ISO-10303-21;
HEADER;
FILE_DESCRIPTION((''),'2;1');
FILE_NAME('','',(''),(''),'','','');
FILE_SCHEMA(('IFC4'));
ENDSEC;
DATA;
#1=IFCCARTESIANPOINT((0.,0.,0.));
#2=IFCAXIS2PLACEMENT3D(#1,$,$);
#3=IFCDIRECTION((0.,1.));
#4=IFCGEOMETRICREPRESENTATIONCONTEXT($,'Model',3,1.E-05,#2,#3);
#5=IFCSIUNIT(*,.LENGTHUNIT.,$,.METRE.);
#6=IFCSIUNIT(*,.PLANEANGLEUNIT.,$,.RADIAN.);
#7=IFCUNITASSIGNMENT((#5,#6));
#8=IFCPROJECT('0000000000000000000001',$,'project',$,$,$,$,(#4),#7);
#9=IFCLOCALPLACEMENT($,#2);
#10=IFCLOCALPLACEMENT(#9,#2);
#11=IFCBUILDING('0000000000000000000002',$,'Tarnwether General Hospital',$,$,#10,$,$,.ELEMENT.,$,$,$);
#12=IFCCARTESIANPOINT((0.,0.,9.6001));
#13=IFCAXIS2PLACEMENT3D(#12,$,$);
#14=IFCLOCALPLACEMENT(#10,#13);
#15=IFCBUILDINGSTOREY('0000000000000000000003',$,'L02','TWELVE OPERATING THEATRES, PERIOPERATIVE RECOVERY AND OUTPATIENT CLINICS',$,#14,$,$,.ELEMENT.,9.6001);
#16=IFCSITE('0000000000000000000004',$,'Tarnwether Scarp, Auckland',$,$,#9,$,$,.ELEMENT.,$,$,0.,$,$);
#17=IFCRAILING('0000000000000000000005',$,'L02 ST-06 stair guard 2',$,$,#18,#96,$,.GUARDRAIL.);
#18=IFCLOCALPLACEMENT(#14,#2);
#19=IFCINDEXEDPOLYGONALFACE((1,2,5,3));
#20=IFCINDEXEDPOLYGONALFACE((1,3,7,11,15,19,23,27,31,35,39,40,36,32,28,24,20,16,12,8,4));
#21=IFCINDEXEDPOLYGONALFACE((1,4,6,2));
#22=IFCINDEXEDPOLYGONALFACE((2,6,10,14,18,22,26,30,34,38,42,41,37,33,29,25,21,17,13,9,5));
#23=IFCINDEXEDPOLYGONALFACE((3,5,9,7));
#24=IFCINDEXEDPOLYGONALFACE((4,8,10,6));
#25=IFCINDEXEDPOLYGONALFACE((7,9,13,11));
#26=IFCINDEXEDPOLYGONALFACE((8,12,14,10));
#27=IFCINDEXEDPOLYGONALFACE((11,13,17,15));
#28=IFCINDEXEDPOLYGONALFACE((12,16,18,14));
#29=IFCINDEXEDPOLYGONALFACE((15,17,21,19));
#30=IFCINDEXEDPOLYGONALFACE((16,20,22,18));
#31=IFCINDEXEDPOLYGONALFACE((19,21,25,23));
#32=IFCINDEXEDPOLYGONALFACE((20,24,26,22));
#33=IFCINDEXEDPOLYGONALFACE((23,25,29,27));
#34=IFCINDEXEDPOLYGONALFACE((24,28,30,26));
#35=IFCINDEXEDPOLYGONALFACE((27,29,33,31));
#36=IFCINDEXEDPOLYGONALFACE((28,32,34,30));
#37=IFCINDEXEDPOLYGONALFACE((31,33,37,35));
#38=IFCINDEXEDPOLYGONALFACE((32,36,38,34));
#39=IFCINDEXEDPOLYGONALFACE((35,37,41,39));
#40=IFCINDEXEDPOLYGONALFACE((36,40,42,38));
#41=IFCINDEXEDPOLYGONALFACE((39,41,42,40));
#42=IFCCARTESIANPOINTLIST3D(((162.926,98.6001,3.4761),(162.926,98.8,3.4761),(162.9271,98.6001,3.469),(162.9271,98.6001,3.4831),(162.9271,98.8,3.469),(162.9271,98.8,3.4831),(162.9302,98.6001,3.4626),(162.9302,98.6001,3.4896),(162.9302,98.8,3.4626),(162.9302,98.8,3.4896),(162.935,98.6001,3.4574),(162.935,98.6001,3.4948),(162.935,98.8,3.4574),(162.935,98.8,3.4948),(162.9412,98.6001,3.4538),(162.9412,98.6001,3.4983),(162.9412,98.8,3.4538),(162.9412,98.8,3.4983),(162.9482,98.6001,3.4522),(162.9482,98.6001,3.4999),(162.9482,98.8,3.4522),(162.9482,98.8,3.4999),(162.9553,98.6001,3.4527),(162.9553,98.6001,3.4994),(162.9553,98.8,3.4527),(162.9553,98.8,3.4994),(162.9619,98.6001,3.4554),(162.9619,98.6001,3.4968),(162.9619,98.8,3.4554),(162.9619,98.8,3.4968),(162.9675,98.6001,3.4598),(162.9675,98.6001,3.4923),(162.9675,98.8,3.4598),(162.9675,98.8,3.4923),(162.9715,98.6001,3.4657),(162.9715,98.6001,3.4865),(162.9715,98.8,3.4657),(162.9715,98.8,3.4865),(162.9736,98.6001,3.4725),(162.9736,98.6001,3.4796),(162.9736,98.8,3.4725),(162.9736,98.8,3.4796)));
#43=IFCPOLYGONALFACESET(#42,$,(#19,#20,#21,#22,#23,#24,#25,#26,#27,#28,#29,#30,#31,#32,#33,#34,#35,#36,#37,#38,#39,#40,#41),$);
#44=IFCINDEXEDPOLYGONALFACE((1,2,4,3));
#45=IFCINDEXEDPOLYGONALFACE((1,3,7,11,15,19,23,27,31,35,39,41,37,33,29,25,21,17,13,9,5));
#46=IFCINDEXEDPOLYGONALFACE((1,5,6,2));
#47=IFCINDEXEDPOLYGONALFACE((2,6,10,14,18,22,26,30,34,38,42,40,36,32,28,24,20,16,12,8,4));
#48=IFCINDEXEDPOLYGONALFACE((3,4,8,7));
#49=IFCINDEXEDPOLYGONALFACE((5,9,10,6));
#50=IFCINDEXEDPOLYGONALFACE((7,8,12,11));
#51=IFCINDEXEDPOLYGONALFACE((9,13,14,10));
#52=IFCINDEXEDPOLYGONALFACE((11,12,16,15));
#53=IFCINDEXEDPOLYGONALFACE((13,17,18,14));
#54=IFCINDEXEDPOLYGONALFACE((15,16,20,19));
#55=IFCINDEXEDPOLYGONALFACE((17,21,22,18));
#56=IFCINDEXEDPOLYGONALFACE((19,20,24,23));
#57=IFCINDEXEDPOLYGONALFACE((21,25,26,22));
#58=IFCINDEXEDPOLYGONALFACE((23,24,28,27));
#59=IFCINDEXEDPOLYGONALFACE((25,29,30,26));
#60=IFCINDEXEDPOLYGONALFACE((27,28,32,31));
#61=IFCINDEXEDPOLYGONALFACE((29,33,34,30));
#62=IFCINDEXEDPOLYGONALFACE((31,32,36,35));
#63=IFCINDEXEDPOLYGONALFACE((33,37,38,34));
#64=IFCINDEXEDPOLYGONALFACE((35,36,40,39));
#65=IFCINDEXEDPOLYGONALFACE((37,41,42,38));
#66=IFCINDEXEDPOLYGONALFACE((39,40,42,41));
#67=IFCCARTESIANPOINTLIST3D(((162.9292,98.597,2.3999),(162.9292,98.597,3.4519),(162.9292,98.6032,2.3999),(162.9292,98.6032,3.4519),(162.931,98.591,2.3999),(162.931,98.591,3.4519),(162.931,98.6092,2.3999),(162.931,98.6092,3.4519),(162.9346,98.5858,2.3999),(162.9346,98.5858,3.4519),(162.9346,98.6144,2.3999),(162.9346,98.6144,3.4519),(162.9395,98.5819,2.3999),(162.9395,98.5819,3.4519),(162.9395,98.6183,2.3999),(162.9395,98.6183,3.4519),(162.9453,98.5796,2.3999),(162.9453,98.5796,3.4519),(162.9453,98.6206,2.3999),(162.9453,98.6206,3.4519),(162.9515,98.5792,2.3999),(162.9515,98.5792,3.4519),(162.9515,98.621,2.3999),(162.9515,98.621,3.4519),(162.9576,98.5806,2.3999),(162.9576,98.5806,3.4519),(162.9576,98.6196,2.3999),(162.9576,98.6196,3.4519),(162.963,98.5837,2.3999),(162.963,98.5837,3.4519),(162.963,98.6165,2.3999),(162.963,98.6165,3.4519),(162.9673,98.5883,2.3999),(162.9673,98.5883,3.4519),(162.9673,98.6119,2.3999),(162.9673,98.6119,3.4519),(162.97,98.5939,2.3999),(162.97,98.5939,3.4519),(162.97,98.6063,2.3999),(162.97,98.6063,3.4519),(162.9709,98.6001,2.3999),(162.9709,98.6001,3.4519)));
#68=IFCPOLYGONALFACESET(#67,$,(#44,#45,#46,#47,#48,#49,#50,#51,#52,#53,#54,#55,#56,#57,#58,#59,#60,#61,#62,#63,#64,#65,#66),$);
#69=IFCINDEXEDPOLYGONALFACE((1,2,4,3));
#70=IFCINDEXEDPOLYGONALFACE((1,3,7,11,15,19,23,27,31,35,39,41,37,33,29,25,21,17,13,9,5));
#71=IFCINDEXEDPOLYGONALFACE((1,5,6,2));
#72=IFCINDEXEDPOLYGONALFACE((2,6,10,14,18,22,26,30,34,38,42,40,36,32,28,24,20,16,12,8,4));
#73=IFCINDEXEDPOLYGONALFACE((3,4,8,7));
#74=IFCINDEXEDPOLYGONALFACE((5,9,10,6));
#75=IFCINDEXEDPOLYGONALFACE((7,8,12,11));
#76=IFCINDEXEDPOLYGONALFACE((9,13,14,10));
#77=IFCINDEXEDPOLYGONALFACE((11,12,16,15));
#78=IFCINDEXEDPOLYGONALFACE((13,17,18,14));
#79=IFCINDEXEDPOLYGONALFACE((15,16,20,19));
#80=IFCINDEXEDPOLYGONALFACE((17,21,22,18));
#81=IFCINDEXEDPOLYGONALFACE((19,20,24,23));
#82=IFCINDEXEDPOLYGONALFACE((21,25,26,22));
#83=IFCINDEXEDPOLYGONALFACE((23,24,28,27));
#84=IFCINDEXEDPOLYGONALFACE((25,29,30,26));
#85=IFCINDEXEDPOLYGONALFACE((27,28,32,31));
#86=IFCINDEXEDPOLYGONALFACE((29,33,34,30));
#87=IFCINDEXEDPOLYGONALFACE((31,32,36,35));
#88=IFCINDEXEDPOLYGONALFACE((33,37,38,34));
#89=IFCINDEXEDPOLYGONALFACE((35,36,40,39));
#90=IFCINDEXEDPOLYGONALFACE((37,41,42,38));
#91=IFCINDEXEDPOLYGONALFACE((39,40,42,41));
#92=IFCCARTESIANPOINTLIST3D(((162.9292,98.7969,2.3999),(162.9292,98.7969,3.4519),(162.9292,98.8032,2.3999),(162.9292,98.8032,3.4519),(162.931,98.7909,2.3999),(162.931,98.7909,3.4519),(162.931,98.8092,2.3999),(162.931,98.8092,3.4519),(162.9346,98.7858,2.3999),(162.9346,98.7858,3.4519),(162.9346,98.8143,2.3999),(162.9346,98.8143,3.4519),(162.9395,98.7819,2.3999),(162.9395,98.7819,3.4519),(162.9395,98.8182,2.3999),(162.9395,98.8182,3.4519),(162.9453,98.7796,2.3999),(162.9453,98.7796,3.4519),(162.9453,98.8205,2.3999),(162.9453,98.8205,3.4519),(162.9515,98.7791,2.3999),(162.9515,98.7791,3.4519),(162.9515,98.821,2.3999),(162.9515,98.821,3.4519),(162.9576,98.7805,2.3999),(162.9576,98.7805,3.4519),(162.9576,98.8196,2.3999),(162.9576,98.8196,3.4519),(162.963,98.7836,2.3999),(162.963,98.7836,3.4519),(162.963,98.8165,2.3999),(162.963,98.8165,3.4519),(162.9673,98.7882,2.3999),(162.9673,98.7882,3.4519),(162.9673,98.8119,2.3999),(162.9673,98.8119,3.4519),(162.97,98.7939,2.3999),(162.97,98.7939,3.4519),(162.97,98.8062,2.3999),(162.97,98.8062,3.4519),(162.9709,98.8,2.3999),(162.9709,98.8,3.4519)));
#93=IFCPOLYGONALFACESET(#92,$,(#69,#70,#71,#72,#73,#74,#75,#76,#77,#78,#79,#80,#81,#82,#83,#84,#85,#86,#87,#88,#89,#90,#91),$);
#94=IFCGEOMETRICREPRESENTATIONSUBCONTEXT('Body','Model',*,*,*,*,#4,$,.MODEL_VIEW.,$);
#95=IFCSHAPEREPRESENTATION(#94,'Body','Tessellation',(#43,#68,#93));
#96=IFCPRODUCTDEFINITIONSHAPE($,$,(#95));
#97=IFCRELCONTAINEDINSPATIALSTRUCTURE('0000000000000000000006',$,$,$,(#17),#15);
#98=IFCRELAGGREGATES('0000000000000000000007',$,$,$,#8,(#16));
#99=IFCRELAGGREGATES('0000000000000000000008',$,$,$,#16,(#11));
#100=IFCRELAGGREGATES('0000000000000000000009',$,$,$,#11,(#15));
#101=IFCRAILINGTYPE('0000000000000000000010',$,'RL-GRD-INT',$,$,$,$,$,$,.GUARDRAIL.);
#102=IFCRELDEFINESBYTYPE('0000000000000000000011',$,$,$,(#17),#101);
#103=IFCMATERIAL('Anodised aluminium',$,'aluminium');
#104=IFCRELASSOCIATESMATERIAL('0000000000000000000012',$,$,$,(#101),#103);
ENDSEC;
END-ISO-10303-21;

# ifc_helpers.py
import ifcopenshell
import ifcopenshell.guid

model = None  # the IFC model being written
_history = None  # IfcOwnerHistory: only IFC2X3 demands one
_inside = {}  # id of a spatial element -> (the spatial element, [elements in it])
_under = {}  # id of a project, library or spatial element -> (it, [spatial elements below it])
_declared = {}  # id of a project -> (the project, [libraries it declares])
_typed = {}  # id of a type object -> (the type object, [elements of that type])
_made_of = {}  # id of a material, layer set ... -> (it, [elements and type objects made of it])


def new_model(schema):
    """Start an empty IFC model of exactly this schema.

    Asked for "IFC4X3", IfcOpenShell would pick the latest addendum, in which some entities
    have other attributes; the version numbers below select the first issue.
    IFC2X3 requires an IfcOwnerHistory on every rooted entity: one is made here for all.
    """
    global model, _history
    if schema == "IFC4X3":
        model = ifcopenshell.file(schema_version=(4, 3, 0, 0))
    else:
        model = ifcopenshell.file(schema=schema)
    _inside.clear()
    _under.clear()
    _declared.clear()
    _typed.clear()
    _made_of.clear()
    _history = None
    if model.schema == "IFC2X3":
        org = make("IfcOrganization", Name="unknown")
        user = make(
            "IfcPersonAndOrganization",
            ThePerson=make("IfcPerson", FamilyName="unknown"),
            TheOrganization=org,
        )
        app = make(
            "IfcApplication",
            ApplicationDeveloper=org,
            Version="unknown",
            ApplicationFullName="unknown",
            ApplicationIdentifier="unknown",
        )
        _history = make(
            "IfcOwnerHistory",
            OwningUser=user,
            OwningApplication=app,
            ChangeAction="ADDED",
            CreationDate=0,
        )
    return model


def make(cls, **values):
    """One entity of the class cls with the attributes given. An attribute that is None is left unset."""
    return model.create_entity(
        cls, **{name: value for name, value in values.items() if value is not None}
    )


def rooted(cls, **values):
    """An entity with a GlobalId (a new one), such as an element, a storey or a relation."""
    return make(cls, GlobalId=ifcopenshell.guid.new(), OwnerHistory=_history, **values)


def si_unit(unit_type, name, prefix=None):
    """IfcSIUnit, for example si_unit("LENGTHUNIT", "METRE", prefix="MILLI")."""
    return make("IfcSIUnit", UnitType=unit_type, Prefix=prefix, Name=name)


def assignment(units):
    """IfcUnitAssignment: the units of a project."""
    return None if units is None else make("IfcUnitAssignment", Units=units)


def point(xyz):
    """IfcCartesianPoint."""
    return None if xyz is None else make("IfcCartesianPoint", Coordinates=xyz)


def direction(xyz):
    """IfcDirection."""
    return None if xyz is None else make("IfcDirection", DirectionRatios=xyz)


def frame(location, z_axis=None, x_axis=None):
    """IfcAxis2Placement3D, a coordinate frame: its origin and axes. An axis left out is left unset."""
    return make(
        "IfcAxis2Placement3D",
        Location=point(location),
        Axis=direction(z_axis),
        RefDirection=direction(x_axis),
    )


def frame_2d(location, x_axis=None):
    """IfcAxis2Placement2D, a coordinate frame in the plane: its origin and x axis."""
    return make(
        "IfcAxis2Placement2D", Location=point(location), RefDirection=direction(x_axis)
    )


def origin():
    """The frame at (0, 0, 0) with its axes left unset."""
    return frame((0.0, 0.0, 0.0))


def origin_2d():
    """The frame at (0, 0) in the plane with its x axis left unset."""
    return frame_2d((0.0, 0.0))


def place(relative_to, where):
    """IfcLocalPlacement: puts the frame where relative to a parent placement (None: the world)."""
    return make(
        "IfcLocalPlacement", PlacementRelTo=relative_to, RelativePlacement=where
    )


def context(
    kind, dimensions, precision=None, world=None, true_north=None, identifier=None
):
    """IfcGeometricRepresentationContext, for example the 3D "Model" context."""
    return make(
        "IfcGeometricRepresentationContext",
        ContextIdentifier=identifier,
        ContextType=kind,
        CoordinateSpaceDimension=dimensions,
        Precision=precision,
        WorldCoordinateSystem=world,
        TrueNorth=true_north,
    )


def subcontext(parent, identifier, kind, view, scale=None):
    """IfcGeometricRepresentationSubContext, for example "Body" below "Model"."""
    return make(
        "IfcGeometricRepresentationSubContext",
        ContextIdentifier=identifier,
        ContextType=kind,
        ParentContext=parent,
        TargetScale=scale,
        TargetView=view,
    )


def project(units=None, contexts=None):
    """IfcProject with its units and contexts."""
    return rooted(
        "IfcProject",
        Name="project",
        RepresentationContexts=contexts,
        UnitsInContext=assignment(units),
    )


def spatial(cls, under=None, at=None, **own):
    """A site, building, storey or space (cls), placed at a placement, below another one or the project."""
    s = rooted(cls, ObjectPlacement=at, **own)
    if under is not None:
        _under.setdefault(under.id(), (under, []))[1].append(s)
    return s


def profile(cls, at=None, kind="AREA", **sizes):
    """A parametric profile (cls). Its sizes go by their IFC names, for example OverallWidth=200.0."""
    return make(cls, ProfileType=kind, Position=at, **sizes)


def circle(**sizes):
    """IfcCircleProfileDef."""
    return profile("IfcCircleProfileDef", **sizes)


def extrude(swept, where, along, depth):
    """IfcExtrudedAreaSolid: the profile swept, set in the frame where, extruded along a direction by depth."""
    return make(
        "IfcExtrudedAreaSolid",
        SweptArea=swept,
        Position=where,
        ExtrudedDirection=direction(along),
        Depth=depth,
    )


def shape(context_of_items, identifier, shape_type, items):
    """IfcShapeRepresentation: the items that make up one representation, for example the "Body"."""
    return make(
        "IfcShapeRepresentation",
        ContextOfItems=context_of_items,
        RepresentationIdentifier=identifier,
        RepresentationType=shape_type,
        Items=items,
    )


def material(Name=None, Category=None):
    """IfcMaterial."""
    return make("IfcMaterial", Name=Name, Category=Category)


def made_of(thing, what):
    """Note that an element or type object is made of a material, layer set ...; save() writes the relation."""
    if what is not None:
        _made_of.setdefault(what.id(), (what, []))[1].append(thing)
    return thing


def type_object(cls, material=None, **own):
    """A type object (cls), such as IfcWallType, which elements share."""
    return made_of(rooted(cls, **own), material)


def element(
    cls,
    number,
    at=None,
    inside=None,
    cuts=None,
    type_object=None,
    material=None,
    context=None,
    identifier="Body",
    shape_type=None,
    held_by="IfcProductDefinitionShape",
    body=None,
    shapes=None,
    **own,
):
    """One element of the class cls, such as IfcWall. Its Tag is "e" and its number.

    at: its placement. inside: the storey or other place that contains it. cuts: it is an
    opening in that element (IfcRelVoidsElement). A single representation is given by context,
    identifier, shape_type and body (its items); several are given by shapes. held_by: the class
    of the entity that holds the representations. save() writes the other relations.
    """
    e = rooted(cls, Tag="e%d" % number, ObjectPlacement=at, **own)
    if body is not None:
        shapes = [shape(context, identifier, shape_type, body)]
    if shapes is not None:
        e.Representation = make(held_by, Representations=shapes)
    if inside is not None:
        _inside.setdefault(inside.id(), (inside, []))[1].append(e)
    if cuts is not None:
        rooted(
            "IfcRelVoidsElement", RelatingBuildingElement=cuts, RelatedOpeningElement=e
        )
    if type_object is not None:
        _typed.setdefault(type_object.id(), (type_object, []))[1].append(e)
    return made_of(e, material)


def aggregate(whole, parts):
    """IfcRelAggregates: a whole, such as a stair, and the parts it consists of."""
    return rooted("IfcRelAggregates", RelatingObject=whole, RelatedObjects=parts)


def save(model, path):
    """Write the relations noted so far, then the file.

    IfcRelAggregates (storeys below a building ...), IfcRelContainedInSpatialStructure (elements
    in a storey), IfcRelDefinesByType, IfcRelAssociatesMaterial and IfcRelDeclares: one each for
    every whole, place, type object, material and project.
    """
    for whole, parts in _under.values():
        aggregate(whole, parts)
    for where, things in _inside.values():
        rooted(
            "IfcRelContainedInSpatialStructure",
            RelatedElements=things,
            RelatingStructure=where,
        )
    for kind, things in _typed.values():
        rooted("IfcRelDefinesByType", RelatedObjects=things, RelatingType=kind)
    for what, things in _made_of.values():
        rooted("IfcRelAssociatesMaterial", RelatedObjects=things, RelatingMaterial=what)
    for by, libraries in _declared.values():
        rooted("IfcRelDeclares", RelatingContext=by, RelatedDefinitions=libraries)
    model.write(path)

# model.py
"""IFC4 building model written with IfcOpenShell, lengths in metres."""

from ifc_helpers import new_model, si_unit, direction, frame, origin, origin_2d, place, context, subcontext, project, spatial, circle, extrude, material, type_object, element, save


model = new_model("IFC4")

# Units and contexts
model_context = context("Model", 3, precision=1e-05, world=origin(), true_north=direction((0.0, 1.0)))
body_context = subcontext(model_context, "Body", "Model", "MODEL_VIEW")
ifc_project = project(units=[si_unit("LENGTHUNIT", "METRE"), si_unit("PLANEANGLEUNIT", "RADIAN")], contexts=[model_context])

# Site, building, storey
site_placement = place(None, origin())
site = spatial("IfcSite", under=ifc_project, at=site_placement, Name="Tarnwether Scarp, Auckland", CompositionType="ELEMENT", RefElevation=0.0)
building_placement = place(site_placement, origin())
building = spatial("IfcBuilding", under=site, at=building_placement, Name="Tarnwether General Hospital", CompositionType="ELEMENT")
storey_placement = place(building_placement, frame((0.0, 0.0, 9.6001)))
storey = spatial("IfcBuildingStorey", under=building, at=storey_placement, Name="L02", Description="TWELVE OPERATING THEATRES, PERIOPERATIVE RECOVERY AND OUTPATIENT CLINICS", CompositionType="ELEMENT", Elevation=9.6001)

# Railing
ifc_material_1 = material(Name="Anodised aluminium", Category="aluminium")
railing_type_1 = type_object("IfcRailingType", Name="RL-GRD-INT", PredefinedType="GUARDRAIL", material=ifc_material_1)
railing_1_placement = place(storey_placement, frame((162.95, 98.6001, 2.3999)))
element("IfcRailing", 1, at=railing_1_placement, inside=storey, type_object=railing_type_1, Name="L02 ST-06 stair guard 2", PredefinedType="GUARDRAIL", context=body_context, shape_type="SweptSolid", body=[
    extrude(circle(Radius=0.0239, at=origin_2d()), frame((0.0, 0.0, 1.0762), z_axis=(0.0, 1.0, 0.0), x_axis=(-1.0, 0.0, 0.0)), (0.0, 0.0, 1.0), 0.2),
    extrude(circle(Radius=0.021, at=origin_2d()), origin(), (0.0, 0.0, 1.0), 1.052),
    extrude(circle(Radius=0.021, at=origin_2d()), frame((0.0, 0.2, 0.0)), (0.0, 0.0, 1.0), 1.052),
])

save(model, "model.ifc")
